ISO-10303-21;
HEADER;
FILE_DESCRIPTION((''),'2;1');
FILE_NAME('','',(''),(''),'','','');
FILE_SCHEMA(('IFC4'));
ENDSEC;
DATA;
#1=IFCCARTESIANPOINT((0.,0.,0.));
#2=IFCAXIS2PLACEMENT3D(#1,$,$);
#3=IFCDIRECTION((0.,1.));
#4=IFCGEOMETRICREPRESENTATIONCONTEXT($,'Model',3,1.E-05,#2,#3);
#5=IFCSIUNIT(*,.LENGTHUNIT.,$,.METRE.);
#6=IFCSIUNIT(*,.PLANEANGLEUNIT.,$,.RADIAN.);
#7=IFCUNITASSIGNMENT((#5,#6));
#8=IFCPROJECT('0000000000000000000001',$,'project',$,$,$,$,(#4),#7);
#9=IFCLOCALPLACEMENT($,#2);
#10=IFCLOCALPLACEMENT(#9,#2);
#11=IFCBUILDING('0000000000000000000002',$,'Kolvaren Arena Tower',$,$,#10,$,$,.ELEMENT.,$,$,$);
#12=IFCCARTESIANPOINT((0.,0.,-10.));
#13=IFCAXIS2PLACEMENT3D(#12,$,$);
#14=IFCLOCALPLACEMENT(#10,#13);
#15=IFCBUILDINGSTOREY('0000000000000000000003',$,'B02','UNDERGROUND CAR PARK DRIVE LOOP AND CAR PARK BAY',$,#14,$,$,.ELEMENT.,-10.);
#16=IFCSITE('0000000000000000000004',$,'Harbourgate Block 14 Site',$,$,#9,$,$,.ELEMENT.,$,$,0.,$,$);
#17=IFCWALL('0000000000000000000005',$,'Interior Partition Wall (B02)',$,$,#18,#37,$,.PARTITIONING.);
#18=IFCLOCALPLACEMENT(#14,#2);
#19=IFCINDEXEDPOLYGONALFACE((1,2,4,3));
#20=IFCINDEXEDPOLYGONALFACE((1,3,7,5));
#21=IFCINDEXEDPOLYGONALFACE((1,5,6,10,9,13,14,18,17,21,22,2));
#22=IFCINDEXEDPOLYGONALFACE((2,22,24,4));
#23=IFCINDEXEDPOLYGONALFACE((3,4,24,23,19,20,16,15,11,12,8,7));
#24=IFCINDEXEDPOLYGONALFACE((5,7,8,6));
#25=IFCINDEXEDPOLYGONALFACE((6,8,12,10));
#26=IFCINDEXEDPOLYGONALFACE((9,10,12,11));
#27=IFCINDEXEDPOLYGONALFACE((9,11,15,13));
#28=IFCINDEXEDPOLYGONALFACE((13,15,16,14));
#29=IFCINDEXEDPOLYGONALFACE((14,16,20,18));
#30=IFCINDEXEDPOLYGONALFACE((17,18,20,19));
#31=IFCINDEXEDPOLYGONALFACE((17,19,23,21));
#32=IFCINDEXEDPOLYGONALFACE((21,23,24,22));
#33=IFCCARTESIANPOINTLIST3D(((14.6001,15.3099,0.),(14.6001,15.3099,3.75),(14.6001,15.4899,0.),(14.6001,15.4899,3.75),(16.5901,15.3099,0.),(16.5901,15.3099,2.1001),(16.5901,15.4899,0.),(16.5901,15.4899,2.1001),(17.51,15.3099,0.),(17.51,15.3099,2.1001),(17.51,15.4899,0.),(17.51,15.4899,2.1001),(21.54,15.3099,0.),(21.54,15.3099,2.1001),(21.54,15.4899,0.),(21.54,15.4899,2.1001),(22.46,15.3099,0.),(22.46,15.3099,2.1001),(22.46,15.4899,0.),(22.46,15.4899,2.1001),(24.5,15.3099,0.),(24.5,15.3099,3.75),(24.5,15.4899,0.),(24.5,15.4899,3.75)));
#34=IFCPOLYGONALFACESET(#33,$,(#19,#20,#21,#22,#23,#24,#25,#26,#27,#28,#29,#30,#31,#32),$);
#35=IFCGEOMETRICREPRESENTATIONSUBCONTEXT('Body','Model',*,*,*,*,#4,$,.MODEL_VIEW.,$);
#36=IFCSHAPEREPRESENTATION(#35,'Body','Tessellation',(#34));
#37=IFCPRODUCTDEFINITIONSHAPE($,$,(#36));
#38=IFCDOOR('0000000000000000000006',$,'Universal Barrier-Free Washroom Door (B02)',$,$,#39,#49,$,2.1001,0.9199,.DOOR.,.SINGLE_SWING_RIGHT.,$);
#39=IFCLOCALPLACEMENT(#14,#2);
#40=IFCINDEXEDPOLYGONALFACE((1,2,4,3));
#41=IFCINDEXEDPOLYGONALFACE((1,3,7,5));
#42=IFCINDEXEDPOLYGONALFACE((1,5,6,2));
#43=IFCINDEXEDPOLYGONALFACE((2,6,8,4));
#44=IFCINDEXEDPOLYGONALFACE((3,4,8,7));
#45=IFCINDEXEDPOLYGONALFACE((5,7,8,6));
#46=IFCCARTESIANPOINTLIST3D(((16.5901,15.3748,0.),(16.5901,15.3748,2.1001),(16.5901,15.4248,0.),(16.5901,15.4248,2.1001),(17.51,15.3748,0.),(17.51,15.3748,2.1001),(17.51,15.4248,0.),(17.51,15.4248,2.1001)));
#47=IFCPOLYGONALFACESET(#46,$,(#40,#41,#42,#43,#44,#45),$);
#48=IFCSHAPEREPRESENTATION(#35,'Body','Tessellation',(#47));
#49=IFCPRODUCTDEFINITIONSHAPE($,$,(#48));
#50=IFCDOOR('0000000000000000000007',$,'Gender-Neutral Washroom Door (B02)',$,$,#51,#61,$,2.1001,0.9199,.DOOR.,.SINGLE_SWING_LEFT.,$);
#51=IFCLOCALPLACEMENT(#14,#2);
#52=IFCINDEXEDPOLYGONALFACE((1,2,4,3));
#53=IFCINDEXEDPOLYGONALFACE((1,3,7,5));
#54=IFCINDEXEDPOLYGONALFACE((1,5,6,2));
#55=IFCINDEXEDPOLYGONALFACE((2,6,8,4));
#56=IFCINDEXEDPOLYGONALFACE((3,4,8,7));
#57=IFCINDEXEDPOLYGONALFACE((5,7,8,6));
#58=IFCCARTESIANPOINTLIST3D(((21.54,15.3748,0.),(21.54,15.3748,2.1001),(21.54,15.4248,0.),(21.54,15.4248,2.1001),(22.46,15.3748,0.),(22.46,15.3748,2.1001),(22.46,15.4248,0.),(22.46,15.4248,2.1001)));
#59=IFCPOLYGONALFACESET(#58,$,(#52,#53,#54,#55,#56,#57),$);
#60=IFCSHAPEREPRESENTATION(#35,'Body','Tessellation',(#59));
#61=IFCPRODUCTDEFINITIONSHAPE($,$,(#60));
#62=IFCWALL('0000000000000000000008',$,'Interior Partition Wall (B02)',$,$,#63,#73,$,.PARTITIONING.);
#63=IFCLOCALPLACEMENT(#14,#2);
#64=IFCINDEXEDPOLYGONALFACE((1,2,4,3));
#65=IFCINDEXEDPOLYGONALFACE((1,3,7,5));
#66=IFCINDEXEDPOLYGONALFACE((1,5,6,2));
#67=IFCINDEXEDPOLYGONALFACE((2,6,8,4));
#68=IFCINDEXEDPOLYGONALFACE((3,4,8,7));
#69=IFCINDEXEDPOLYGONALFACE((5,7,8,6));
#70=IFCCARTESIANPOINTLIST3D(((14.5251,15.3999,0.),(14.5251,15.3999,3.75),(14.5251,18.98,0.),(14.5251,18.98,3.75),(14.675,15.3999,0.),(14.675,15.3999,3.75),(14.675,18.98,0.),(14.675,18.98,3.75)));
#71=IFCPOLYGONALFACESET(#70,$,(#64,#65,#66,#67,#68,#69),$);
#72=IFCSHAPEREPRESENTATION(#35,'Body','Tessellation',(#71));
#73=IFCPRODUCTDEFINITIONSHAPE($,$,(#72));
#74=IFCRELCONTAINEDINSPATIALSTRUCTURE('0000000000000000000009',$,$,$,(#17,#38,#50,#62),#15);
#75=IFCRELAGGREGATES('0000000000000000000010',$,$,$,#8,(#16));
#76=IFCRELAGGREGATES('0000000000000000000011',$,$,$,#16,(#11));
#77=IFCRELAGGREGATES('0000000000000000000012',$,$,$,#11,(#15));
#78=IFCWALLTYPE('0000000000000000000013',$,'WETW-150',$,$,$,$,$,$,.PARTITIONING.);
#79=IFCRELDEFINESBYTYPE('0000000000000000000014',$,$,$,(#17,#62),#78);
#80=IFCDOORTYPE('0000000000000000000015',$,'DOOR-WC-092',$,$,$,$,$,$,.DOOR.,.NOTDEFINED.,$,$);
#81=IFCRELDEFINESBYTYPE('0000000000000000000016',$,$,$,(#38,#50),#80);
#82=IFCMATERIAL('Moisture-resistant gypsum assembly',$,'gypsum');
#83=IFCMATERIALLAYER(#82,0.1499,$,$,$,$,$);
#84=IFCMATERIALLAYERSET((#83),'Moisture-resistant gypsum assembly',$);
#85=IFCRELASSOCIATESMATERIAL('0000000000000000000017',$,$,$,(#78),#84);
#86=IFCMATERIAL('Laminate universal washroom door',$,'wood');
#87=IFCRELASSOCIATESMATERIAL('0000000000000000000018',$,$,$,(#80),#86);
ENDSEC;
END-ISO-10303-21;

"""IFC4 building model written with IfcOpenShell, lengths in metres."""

from ifc_helpers import new_model, si_unit, direction, frame, frame_2d, origin, place, context, subcontext, project, spatial, rectangle, extrude, material, layer, layer_set, type_object, element, fill, save


model = new_model("IFC4")

# Units and contexts
model_context = context("Model", 3, precision=1e-05, world=origin(), true_north=direction((0.0, 1.0)))
body_context = subcontext(model_context, "Body", "Model", "MODEL_VIEW")
ifc_project = project(units=[si_unit("LENGTHUNIT", "METRE"), si_unit("PLANEANGLEUNIT", "RADIAN")], contexts=[model_context])

# Site, building, storey
site_placement = place(None, origin())
site = spatial("IfcSite", under=ifc_project, at=site_placement, Name="Harbourgate Block 14 Site", CompositionType="ELEMENT", RefElevation=0.0)
building_placement = place(site_placement, origin())
building = spatial("IfcBuilding", under=site, at=building_placement, Name="Kolvaren Arena Tower", CompositionType="ELEMENT")
storey_placement = place(building_placement, frame((0.0, 0.0, -10.0)))
storey = spatial("IfcBuildingStorey", under=building, at=storey_placement, Name="B02", Description="UNDERGROUND CAR PARK DRIVE LOOP AND CAR PARK BAY", CompositionType="ELEMENT", Elevation=-10.0)

# Shared definitions
ifc_material_1 = material(Name="Moisture-resistant gypsum assembly", Category="gypsum")
ifc_layer_1 = layer(ifc_material_1, 0.1499)
ifc_layer_set_1 = layer_set([ifc_layer_1], Name="Moisture-resistant gypsum assembly")
wall_type_1 = type_object("IfcWallType", Name="WETW-150", PredefinedType="PARTITIONING", material=ifc_layer_set_1)

# Wall, openings, doors
wall_1_placement = place(storey_placement, frame((14.6001, 15.3999, 0.0), z_axis=(0.0, 0.0, 1.0), x_axis=(1.0, 0.0, 0.0)))
wall_1 = element("IfcWall", 1, at=wall_1_placement, inside=storey, type_object=wall_type_1, Name="Interior Partition Wall (B02)", PredefinedType="PARTITIONING", context=body_context, shape_type="SweptSolid", body=[
    extrude(rectangle(XDim=9.8999, YDim=0.1799, at=frame_2d((4.95, 0.0))), origin(), (0.0, 0.0, 1.0), 3.75),
])
opening_1_placement = place(wall_1_placement, frame((1.99, 0.0, 0.0)))
opening_1 = element("IfcOpeningElement", 2, at=opening_1_placement, cuts=wall_1, PredefinedType="OPENING", context=body_context, shape_type="SweptSolid", body=[
    extrude(rectangle(XDim=0.9199, YDim=2.1001, at=frame_2d((0.46, 1.05))), frame((0.0, 0.0999, 0.0), z_axis=(0.0, -1.0, 0.0), x_axis=(1.0, 0.0, 0.0)), (0.0, 0.0, 1.0), 0.2),
])
opening_2_placement = place(wall_1_placement, frame((6.9399, 0.0, 0.0)))
opening_2 = element("IfcOpeningElement", 3, at=opening_2_placement, cuts=wall_1, PredefinedType="OPENING", context=body_context, shape_type="SweptSolid", body=[
    extrude(rectangle(XDim=0.9199, YDim=2.1001, at=frame_2d((0.46, 1.05))), frame((0.0, 0.0999, 0.0), z_axis=(0.0, -1.0, 0.0), x_axis=(1.0, 0.0, 0.0)), (0.0, 0.0, 1.0), 0.2),
])
ifc_material_2 = material(Name="Laminate universal washroom door", Category="wood")
door_type_1 = type_object("IfcDoorType", Name="DOOR-WC-092", OperationType="NOTDEFINED", PredefinedType="DOOR", material=ifc_material_2)
door_1_placement = place(opening_1_placement, origin())
door_1 = element("IfcDoor", 4, at=door_1_placement, inside=storey, type_object=door_type_1, Name="Universal Barrier-Free Washroom Door (B02)", OperationType="SINGLE_SWING_RIGHT", OverallHeight=2.1001, OverallWidth=0.9199, PredefinedType="DOOR", context=body_context, shape_type="SweptSolid", body=[
    extrude(rectangle(XDim=0.9199, YDim=2.1001, at=frame_2d((0.46, 1.05))), frame((0.0, 0.0249, 0.0), z_axis=(0.0, -1.0, 0.0), x_axis=(1.0, 0.0, 0.0)), (0.0, 0.0, 1.0), 0.05),
])
fill(opening_1, door_1)
door_2_placement = place(opening_2_placement, origin())
door_2 = element("IfcDoor", 5, at=door_2_placement, inside=storey, type_object=door_type_1, Name="Gender-Neutral Washroom Door (B02)", OperationType="SINGLE_SWING_LEFT", OverallHeight=2.1001, OverallWidth=0.9199, PredefinedType="DOOR", context=body_context, shape_type="SweptSolid", body=[
    extrude(rectangle(XDim=0.9199, YDim=2.1001, at=frame_2d((0.46, 1.05))), frame((0.0, 0.0249, 0.0), z_axis=(0.0, -1.0, 0.0), x_axis=(1.0, 0.0, 0.0)), (0.0, 0.0, 1.0), 0.05),
])
fill(opening_2, door_2)

# Wall
wall_2_placement = place(storey_placement, frame((14.6001, 15.3999, 0.0), z_axis=(0.0, 0.0, 1.0), x_axis=(0.0, 1.0, 0.0)))
element("IfcWall", 6, at=wall_2_placement, inside=storey, type_object=wall_type_1, Name="Interior Partition Wall (B02)", PredefinedType="PARTITIONING", context=body_context, shape_type="SweptSolid", body=[
    extrude(rectangle(XDim=3.5801, YDim=0.1499, at=frame_2d((1.79, 0.0))), origin(), (0.0, 0.0, 1.0), 3.75),
])

save(model, "model.ifc")
